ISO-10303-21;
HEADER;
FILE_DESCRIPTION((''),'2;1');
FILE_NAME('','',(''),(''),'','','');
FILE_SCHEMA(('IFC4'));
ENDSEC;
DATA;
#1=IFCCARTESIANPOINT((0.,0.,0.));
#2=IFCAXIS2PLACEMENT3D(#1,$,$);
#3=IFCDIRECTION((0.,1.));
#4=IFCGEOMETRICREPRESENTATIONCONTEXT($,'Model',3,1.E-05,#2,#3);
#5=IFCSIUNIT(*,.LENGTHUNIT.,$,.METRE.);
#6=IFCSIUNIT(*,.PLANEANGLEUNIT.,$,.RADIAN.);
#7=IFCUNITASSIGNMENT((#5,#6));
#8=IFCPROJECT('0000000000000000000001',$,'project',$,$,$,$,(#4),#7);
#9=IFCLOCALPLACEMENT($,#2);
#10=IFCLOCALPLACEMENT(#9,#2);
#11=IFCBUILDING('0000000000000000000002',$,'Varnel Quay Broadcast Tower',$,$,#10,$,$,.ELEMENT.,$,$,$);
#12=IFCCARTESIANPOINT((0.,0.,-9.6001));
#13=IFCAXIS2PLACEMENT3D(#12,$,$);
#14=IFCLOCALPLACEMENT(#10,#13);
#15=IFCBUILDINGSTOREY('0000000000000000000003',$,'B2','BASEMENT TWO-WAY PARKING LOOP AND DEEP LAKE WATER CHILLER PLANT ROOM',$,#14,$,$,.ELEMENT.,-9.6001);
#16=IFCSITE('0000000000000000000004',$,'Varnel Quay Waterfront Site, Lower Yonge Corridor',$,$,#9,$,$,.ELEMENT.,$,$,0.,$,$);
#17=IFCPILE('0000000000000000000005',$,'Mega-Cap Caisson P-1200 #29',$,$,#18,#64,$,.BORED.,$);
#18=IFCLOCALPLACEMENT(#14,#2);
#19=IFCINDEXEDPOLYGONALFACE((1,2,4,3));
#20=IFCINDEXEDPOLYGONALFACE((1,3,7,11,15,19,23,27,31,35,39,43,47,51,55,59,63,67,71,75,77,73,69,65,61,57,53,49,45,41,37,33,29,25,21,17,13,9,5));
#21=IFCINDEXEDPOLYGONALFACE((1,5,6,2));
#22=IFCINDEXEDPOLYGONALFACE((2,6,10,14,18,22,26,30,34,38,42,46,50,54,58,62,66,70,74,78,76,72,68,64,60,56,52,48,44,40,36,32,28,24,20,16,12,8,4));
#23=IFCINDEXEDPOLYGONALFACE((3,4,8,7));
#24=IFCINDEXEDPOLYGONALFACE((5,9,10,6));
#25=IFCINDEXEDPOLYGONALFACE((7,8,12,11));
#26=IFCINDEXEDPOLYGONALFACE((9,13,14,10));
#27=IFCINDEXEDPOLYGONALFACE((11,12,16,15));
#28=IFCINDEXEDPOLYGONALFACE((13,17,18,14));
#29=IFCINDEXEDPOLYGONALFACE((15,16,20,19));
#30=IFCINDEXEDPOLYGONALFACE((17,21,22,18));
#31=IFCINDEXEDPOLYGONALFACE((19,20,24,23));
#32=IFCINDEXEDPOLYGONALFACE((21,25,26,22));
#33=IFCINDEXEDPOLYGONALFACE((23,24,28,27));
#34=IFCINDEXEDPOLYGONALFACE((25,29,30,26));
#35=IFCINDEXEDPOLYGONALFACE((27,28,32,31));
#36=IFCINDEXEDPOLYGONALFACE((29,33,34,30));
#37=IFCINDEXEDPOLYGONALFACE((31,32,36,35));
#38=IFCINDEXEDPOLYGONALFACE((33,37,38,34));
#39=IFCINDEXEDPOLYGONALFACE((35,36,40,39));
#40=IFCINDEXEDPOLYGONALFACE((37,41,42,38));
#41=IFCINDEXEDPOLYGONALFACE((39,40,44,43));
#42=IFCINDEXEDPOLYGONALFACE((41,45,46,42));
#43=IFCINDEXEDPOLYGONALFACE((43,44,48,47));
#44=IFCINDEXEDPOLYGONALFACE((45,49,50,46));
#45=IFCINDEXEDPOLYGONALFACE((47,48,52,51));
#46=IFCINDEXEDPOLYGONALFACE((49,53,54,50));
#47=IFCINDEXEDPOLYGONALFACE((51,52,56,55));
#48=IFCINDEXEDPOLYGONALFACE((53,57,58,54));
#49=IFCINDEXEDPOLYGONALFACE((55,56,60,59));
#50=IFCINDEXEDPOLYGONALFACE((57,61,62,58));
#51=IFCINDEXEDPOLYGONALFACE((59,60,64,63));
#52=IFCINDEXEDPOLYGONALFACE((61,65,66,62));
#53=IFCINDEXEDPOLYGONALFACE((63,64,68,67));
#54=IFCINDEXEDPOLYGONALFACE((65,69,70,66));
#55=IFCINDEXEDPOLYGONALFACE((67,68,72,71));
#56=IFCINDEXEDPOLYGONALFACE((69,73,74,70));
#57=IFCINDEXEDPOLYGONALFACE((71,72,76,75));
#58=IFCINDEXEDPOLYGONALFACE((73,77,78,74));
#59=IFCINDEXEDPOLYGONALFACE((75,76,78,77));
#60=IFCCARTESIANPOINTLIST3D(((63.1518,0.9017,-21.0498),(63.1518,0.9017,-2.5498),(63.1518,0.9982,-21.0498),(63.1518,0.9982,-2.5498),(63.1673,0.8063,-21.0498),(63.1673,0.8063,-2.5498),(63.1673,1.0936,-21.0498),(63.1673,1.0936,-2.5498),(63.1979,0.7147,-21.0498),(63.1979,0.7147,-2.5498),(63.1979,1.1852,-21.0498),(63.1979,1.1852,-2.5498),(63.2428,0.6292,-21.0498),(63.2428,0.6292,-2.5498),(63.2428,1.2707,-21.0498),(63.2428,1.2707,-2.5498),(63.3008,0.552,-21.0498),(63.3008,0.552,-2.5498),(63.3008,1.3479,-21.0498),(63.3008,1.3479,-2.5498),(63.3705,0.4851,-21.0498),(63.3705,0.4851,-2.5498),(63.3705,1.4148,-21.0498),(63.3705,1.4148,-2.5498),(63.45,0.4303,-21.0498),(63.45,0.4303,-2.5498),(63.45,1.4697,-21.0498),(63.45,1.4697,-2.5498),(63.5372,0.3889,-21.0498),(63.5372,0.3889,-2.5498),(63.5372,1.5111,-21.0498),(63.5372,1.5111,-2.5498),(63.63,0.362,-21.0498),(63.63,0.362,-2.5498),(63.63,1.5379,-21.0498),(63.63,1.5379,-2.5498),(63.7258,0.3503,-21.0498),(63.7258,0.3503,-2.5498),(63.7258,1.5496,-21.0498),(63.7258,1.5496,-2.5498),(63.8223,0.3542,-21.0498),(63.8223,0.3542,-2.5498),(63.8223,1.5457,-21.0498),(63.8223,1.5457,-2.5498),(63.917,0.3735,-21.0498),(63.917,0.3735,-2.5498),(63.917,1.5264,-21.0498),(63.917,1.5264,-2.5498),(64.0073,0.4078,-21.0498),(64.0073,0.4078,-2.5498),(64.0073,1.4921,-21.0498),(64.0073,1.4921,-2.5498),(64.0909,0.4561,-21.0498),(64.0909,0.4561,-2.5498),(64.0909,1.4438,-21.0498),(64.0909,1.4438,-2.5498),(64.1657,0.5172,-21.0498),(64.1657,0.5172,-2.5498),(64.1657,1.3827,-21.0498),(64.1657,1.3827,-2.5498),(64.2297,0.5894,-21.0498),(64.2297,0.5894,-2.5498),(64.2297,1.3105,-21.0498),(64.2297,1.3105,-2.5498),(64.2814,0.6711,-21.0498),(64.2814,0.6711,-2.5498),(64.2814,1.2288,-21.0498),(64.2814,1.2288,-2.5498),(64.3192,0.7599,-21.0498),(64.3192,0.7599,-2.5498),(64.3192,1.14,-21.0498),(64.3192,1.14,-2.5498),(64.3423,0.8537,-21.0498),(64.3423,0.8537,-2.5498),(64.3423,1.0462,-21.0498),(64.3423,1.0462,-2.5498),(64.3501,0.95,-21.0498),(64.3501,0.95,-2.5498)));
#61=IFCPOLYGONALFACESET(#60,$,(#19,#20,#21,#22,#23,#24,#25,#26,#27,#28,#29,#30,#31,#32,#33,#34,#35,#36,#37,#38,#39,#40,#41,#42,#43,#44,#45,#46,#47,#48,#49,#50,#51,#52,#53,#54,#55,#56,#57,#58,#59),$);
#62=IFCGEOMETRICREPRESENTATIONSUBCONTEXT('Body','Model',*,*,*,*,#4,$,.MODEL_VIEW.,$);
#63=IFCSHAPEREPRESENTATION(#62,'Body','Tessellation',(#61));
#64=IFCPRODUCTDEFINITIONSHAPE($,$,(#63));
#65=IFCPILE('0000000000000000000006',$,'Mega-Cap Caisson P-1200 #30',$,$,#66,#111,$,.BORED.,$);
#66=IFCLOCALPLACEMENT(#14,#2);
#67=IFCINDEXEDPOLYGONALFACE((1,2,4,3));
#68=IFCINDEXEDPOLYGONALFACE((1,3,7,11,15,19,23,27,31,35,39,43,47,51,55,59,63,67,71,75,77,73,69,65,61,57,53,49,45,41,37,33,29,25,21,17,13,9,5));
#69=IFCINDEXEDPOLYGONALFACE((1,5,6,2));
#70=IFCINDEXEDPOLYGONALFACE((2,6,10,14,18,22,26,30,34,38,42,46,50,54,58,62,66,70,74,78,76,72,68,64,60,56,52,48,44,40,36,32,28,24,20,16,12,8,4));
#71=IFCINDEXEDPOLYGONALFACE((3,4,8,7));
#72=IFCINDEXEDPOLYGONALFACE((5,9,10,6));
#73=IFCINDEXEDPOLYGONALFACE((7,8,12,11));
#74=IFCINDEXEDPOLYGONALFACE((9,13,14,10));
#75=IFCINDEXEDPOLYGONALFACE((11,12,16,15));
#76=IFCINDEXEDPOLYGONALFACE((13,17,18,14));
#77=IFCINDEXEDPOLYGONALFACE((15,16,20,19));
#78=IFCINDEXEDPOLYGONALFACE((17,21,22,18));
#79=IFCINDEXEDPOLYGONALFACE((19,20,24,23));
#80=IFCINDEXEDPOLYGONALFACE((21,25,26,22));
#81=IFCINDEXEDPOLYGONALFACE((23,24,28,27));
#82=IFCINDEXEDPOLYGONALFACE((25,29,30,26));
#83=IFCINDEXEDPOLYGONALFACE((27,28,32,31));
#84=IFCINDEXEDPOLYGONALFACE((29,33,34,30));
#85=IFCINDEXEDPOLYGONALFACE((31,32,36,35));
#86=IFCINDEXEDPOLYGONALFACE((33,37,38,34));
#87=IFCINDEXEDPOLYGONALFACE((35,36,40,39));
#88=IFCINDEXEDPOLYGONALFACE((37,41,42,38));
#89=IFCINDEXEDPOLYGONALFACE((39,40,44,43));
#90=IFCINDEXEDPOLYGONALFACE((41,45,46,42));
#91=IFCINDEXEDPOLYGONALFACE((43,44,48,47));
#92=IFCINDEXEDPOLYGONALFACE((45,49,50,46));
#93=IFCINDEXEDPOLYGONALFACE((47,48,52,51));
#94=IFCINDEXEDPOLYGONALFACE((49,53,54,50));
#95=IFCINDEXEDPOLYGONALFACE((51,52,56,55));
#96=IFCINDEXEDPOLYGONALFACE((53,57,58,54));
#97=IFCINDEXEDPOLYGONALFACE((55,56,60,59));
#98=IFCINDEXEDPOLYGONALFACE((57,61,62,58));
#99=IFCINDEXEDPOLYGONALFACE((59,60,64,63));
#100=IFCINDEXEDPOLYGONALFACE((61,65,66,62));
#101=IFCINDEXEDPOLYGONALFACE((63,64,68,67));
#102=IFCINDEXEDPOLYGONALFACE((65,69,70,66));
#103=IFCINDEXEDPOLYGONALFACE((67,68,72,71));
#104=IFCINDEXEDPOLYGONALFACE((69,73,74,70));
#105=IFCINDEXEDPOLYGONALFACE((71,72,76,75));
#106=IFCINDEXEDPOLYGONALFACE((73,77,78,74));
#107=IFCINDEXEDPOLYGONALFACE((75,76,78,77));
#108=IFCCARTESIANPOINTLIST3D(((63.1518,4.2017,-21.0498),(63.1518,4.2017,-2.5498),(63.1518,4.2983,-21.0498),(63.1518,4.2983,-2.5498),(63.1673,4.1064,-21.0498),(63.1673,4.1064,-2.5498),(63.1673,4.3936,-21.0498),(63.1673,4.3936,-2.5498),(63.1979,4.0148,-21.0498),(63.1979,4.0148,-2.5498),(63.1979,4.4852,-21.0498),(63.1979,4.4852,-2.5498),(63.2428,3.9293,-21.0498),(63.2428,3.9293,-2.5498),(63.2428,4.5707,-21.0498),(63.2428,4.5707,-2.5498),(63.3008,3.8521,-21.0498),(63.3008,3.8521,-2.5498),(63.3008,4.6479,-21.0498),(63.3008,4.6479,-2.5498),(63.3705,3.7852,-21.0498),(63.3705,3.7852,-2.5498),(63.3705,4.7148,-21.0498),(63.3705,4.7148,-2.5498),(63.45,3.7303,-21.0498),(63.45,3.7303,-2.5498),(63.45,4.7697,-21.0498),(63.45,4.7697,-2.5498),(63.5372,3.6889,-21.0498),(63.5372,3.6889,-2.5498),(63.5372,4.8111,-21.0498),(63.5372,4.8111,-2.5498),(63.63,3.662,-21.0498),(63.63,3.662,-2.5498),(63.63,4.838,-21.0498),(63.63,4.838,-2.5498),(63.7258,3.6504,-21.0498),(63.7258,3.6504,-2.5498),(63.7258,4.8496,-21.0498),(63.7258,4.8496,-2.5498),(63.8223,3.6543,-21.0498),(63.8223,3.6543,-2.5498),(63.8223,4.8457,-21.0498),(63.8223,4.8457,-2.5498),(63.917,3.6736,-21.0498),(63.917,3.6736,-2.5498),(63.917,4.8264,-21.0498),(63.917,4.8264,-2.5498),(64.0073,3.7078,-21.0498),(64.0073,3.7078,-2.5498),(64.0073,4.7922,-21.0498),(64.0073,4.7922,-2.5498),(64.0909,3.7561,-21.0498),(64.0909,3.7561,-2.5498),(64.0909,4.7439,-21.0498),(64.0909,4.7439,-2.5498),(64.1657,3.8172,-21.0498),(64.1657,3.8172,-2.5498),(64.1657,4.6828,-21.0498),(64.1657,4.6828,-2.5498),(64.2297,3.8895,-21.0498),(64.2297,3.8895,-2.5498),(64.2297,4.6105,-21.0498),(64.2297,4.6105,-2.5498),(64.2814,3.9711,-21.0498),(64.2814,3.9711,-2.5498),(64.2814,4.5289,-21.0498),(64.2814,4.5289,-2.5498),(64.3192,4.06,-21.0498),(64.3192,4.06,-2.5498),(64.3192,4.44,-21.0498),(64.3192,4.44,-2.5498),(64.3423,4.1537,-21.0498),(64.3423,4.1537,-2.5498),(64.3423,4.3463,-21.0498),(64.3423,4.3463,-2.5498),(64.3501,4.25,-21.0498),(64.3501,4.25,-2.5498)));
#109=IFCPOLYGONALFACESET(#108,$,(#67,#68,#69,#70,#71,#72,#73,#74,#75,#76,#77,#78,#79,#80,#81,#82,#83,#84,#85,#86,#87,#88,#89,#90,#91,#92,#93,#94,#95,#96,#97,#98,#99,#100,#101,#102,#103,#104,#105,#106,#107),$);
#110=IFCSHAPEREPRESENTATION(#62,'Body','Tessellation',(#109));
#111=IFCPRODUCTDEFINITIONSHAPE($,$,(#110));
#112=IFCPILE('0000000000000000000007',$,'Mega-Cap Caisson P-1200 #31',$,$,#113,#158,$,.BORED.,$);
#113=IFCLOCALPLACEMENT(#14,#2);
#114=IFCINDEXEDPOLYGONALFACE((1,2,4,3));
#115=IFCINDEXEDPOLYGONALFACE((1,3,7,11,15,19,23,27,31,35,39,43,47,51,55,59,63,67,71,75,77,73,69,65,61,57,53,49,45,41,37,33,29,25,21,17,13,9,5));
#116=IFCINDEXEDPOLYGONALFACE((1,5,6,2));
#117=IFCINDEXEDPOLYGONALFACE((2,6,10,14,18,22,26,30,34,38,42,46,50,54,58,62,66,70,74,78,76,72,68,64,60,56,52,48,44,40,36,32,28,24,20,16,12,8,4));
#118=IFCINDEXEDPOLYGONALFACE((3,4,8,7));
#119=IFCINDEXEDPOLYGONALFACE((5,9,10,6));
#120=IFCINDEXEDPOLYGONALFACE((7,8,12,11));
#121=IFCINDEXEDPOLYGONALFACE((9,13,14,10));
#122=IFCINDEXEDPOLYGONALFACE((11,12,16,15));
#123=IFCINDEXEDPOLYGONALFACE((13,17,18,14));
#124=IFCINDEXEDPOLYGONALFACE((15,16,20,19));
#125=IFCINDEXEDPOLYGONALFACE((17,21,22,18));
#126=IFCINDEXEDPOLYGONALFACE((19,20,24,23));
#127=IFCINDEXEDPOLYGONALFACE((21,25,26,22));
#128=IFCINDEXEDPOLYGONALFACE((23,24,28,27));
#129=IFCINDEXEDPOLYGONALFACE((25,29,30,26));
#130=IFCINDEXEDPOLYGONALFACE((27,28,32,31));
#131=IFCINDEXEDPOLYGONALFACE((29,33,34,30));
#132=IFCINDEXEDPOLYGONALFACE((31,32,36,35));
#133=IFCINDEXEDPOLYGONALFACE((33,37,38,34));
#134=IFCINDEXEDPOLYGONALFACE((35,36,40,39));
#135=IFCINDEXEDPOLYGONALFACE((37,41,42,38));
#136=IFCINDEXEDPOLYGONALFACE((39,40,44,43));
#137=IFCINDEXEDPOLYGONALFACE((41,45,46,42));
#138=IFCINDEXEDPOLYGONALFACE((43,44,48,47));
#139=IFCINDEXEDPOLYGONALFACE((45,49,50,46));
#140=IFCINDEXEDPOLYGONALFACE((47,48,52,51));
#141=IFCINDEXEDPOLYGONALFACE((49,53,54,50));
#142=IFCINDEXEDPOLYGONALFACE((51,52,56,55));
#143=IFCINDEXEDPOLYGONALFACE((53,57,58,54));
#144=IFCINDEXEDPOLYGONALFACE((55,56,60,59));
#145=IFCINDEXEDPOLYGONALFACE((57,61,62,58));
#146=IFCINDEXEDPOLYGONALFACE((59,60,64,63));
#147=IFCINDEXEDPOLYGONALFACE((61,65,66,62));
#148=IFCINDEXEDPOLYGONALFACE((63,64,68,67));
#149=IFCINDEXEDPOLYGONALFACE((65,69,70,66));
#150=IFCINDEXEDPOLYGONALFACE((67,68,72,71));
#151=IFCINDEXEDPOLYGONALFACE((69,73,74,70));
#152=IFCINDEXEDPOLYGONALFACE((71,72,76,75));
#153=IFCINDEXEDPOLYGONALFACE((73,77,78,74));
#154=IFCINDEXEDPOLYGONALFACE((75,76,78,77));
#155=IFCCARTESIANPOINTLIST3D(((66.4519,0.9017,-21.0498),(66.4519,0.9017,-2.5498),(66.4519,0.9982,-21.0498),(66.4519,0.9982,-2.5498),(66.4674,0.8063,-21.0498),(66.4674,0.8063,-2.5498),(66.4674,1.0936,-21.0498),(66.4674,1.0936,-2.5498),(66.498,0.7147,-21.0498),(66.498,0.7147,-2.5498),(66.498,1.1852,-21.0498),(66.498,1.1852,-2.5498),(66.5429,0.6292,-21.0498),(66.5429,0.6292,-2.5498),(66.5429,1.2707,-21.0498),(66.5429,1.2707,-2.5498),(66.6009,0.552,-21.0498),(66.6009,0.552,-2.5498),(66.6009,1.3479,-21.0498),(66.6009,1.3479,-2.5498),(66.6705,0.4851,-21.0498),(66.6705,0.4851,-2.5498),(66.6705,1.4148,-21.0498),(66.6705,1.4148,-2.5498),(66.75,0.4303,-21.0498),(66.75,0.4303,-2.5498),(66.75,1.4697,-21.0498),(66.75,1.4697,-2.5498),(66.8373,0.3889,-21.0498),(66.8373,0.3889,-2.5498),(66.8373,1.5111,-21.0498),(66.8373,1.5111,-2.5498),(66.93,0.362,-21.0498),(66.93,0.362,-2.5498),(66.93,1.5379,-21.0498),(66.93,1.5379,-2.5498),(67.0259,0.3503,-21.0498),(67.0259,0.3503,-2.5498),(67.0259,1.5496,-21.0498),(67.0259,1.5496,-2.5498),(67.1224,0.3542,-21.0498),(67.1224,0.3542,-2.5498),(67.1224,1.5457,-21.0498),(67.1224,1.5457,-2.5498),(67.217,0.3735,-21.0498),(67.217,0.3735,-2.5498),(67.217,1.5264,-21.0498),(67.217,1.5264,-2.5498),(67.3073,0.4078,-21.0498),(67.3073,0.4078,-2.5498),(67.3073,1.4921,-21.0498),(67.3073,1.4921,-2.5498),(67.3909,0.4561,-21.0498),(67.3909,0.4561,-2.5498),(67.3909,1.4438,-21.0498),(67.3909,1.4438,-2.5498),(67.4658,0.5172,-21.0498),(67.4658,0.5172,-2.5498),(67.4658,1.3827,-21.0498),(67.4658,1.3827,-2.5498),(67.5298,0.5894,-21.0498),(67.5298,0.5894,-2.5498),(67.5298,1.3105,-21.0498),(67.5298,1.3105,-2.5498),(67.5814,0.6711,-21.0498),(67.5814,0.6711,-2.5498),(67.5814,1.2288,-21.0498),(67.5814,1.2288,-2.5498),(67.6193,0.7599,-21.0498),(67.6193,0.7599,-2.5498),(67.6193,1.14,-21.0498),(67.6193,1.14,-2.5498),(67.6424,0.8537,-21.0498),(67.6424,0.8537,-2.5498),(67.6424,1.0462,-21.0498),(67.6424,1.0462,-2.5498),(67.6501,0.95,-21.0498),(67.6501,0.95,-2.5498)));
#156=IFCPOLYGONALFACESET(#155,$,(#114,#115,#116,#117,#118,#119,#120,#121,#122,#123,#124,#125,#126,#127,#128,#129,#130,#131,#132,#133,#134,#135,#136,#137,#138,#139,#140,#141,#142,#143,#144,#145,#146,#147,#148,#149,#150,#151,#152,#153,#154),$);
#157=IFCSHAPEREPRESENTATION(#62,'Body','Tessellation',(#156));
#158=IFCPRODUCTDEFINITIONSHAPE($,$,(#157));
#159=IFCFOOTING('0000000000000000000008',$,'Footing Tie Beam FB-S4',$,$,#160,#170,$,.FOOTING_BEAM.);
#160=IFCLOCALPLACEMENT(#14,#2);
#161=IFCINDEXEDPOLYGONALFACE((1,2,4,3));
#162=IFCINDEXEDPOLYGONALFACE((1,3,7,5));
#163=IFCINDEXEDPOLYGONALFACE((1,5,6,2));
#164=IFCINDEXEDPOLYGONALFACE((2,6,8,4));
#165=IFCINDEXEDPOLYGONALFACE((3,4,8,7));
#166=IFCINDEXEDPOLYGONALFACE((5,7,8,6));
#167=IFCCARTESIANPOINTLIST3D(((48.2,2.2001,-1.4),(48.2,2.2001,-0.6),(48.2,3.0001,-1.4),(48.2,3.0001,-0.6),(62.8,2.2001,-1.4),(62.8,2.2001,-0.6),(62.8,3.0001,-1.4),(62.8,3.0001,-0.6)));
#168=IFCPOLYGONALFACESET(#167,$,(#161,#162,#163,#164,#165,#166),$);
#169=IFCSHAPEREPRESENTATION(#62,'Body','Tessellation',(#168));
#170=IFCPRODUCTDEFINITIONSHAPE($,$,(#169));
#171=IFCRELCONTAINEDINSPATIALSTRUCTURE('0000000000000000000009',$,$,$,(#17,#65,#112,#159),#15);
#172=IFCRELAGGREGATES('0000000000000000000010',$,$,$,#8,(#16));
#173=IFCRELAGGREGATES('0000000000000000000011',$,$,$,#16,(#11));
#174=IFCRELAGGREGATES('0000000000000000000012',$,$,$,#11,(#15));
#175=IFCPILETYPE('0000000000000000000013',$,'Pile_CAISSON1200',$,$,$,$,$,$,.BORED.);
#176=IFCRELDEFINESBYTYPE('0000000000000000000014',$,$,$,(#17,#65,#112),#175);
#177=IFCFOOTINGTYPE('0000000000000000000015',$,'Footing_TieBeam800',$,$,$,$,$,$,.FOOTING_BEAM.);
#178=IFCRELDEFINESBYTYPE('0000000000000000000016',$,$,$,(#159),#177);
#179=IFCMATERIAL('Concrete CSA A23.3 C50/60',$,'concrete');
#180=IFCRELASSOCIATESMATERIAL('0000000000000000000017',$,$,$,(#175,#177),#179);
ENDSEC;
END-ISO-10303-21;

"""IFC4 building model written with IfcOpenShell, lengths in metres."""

from ifc_helpers import new_model, si_unit, direction, frame, origin, origin_2d, place, context, subcontext, project, spatial, rectangle, circle, extrude, source, transform, mapped, material, material_profile, profile_set, type_object, type_shapes, element, save


model = new_model("IFC4")

# Units and contexts
model_context = context("Model", 3, precision=1e-05, world=origin(), true_north=direction((0.0, 1.0)))
body_context = subcontext(model_context, "Body", "Model", "MODEL_VIEW")
ifc_project = project(units=[si_unit("LENGTHUNIT", "METRE"), si_unit("PLANEANGLEUNIT", "RADIAN")], contexts=[model_context])

# Site, building, storey
site_placement = place(None, origin())
site = spatial("IfcSite", under=ifc_project, at=site_placement, Name="Varnel Quay Waterfront Site, Lower Yonge Corridor", CompositionType="ELEMENT", RefElevation=0.0)
building_placement = place(site_placement, origin())
building = spatial("IfcBuilding", under=site, at=building_placement, Name="Varnel Quay Broadcast Tower", CompositionType="ELEMENT")
storey_placement = place(building_placement, frame((0.0, 0.0, -9.6001)))
storey = spatial("IfcBuildingStorey", under=building, at=storey_placement, Name="B2", Description="BASEMENT TWO-WAY PARKING LOOP AND DEEP LAKE WATER CHILLER PLANT ROOM", CompositionType="ELEMENT", Elevation=-9.6001)

# Piles
ifc_material_1 = material(Name="Concrete CSA A23.3 C50/60", Category="concrete")
ifc_material_profile_1 = material_profile(ifc_material_1, circle(Radius=0.6001, at=origin_2d()), Name="CAISSON1200")
ifc_profile_set_1 = profile_set([ifc_material_profile_1], Name="Concrete CSA A23.3 C50/60")
pile_type = type_object("IfcPileType", Name="Pile_CAISSON1200", PredefinedType="BORED", material=ifc_profile_set_1)
shared_shape_1 = source(origin(), body_context, "Body", "SweptSolid", [
    extrude(circle(Radius=0.6001, at=origin_2d()), origin(), (0.0, 0.0, 1.0), 18.5),
])
for number, where, z_axis, x_axis, name in (
    (1, (63.75, 0.95, -2.5498), (0.0, 0.0, -1.0), (1.0, 0.0, 0.0), "Mega-Cap Caisson P-1200 #29"),
    (2, (63.75, 4.25, -2.5498), (0.0, 0.0, -1.0), (1.0, 0.0, 0.0), "Mega-Cap Caisson P-1200 #30"),
    (3, (67.05, 0.95, -2.5498), (0.0, 0.0, -1.0), (1.0, 0.0, 0.0), "Mega-Cap Caisson P-1200 #31"),
):
    element("IfcPile", number, at=place(storey_placement, frame(where, z_axis=z_axis, x_axis=x_axis)), inside=storey, type_object=pile_type, Name=name, PredefinedType="BORED", context=body_context, shape_type="MappedRepresentation", body=[
        mapped(shared_shape_1, transform((0.0, 0.0, 0.0), x_axis=(1.0, 0.0, 0.0), y_axis=(0.0, 1.0, 0.0), z_axis=(0.0, 0.0, 1.0), scale=1.0)),
    ])

# Footing
ifc_material_profile_2 = material_profile(ifc_material_1, rectangle(XDim=0.8, YDim=0.8, at=origin_2d()), Name="RC800X800")
ifc_profile_set_2 = profile_set([ifc_material_profile_2], Name="Concrete CSA A23.3 C50/60")
footing_type = type_object("IfcFootingType", Name="Footing_TieBeam800", PredefinedType="FOOTING_BEAM", material=ifc_profile_set_2)
shared_shape_2 = source(origin(), body_context, "Body", "SweptSolid", [
    extrude(rectangle(XDim=0.8, YDim=0.8, at=origin_2d()), origin(), (0.0, 0.0, 1.0), 14.6001),
])
type_shapes(footing_type, [shared_shape_2])
footing_placement = place(storey_placement, frame((48.2, 2.6001, -1.0), z_axis=(1.0, 0.0, 0.0), x_axis=(0.0, 1.0, 0.0)))
element("IfcFooting", 4, at=footing_placement, inside=storey, type_object=footing_type, Name="Footing Tie Beam FB-S4", PredefinedType="FOOTING_BEAM", context=body_context, shape_type="MappedRepresentation", body=[
    mapped(shared_shape_2, transform((0.0, 0.0, 0.0), x_axis=(1.0, 0.0, 0.0), y_axis=(0.0, 1.0, 0.0), z_axis=(0.0, 0.0, 1.0), scale=1.0)),
])

save(model, "model.ifc")
